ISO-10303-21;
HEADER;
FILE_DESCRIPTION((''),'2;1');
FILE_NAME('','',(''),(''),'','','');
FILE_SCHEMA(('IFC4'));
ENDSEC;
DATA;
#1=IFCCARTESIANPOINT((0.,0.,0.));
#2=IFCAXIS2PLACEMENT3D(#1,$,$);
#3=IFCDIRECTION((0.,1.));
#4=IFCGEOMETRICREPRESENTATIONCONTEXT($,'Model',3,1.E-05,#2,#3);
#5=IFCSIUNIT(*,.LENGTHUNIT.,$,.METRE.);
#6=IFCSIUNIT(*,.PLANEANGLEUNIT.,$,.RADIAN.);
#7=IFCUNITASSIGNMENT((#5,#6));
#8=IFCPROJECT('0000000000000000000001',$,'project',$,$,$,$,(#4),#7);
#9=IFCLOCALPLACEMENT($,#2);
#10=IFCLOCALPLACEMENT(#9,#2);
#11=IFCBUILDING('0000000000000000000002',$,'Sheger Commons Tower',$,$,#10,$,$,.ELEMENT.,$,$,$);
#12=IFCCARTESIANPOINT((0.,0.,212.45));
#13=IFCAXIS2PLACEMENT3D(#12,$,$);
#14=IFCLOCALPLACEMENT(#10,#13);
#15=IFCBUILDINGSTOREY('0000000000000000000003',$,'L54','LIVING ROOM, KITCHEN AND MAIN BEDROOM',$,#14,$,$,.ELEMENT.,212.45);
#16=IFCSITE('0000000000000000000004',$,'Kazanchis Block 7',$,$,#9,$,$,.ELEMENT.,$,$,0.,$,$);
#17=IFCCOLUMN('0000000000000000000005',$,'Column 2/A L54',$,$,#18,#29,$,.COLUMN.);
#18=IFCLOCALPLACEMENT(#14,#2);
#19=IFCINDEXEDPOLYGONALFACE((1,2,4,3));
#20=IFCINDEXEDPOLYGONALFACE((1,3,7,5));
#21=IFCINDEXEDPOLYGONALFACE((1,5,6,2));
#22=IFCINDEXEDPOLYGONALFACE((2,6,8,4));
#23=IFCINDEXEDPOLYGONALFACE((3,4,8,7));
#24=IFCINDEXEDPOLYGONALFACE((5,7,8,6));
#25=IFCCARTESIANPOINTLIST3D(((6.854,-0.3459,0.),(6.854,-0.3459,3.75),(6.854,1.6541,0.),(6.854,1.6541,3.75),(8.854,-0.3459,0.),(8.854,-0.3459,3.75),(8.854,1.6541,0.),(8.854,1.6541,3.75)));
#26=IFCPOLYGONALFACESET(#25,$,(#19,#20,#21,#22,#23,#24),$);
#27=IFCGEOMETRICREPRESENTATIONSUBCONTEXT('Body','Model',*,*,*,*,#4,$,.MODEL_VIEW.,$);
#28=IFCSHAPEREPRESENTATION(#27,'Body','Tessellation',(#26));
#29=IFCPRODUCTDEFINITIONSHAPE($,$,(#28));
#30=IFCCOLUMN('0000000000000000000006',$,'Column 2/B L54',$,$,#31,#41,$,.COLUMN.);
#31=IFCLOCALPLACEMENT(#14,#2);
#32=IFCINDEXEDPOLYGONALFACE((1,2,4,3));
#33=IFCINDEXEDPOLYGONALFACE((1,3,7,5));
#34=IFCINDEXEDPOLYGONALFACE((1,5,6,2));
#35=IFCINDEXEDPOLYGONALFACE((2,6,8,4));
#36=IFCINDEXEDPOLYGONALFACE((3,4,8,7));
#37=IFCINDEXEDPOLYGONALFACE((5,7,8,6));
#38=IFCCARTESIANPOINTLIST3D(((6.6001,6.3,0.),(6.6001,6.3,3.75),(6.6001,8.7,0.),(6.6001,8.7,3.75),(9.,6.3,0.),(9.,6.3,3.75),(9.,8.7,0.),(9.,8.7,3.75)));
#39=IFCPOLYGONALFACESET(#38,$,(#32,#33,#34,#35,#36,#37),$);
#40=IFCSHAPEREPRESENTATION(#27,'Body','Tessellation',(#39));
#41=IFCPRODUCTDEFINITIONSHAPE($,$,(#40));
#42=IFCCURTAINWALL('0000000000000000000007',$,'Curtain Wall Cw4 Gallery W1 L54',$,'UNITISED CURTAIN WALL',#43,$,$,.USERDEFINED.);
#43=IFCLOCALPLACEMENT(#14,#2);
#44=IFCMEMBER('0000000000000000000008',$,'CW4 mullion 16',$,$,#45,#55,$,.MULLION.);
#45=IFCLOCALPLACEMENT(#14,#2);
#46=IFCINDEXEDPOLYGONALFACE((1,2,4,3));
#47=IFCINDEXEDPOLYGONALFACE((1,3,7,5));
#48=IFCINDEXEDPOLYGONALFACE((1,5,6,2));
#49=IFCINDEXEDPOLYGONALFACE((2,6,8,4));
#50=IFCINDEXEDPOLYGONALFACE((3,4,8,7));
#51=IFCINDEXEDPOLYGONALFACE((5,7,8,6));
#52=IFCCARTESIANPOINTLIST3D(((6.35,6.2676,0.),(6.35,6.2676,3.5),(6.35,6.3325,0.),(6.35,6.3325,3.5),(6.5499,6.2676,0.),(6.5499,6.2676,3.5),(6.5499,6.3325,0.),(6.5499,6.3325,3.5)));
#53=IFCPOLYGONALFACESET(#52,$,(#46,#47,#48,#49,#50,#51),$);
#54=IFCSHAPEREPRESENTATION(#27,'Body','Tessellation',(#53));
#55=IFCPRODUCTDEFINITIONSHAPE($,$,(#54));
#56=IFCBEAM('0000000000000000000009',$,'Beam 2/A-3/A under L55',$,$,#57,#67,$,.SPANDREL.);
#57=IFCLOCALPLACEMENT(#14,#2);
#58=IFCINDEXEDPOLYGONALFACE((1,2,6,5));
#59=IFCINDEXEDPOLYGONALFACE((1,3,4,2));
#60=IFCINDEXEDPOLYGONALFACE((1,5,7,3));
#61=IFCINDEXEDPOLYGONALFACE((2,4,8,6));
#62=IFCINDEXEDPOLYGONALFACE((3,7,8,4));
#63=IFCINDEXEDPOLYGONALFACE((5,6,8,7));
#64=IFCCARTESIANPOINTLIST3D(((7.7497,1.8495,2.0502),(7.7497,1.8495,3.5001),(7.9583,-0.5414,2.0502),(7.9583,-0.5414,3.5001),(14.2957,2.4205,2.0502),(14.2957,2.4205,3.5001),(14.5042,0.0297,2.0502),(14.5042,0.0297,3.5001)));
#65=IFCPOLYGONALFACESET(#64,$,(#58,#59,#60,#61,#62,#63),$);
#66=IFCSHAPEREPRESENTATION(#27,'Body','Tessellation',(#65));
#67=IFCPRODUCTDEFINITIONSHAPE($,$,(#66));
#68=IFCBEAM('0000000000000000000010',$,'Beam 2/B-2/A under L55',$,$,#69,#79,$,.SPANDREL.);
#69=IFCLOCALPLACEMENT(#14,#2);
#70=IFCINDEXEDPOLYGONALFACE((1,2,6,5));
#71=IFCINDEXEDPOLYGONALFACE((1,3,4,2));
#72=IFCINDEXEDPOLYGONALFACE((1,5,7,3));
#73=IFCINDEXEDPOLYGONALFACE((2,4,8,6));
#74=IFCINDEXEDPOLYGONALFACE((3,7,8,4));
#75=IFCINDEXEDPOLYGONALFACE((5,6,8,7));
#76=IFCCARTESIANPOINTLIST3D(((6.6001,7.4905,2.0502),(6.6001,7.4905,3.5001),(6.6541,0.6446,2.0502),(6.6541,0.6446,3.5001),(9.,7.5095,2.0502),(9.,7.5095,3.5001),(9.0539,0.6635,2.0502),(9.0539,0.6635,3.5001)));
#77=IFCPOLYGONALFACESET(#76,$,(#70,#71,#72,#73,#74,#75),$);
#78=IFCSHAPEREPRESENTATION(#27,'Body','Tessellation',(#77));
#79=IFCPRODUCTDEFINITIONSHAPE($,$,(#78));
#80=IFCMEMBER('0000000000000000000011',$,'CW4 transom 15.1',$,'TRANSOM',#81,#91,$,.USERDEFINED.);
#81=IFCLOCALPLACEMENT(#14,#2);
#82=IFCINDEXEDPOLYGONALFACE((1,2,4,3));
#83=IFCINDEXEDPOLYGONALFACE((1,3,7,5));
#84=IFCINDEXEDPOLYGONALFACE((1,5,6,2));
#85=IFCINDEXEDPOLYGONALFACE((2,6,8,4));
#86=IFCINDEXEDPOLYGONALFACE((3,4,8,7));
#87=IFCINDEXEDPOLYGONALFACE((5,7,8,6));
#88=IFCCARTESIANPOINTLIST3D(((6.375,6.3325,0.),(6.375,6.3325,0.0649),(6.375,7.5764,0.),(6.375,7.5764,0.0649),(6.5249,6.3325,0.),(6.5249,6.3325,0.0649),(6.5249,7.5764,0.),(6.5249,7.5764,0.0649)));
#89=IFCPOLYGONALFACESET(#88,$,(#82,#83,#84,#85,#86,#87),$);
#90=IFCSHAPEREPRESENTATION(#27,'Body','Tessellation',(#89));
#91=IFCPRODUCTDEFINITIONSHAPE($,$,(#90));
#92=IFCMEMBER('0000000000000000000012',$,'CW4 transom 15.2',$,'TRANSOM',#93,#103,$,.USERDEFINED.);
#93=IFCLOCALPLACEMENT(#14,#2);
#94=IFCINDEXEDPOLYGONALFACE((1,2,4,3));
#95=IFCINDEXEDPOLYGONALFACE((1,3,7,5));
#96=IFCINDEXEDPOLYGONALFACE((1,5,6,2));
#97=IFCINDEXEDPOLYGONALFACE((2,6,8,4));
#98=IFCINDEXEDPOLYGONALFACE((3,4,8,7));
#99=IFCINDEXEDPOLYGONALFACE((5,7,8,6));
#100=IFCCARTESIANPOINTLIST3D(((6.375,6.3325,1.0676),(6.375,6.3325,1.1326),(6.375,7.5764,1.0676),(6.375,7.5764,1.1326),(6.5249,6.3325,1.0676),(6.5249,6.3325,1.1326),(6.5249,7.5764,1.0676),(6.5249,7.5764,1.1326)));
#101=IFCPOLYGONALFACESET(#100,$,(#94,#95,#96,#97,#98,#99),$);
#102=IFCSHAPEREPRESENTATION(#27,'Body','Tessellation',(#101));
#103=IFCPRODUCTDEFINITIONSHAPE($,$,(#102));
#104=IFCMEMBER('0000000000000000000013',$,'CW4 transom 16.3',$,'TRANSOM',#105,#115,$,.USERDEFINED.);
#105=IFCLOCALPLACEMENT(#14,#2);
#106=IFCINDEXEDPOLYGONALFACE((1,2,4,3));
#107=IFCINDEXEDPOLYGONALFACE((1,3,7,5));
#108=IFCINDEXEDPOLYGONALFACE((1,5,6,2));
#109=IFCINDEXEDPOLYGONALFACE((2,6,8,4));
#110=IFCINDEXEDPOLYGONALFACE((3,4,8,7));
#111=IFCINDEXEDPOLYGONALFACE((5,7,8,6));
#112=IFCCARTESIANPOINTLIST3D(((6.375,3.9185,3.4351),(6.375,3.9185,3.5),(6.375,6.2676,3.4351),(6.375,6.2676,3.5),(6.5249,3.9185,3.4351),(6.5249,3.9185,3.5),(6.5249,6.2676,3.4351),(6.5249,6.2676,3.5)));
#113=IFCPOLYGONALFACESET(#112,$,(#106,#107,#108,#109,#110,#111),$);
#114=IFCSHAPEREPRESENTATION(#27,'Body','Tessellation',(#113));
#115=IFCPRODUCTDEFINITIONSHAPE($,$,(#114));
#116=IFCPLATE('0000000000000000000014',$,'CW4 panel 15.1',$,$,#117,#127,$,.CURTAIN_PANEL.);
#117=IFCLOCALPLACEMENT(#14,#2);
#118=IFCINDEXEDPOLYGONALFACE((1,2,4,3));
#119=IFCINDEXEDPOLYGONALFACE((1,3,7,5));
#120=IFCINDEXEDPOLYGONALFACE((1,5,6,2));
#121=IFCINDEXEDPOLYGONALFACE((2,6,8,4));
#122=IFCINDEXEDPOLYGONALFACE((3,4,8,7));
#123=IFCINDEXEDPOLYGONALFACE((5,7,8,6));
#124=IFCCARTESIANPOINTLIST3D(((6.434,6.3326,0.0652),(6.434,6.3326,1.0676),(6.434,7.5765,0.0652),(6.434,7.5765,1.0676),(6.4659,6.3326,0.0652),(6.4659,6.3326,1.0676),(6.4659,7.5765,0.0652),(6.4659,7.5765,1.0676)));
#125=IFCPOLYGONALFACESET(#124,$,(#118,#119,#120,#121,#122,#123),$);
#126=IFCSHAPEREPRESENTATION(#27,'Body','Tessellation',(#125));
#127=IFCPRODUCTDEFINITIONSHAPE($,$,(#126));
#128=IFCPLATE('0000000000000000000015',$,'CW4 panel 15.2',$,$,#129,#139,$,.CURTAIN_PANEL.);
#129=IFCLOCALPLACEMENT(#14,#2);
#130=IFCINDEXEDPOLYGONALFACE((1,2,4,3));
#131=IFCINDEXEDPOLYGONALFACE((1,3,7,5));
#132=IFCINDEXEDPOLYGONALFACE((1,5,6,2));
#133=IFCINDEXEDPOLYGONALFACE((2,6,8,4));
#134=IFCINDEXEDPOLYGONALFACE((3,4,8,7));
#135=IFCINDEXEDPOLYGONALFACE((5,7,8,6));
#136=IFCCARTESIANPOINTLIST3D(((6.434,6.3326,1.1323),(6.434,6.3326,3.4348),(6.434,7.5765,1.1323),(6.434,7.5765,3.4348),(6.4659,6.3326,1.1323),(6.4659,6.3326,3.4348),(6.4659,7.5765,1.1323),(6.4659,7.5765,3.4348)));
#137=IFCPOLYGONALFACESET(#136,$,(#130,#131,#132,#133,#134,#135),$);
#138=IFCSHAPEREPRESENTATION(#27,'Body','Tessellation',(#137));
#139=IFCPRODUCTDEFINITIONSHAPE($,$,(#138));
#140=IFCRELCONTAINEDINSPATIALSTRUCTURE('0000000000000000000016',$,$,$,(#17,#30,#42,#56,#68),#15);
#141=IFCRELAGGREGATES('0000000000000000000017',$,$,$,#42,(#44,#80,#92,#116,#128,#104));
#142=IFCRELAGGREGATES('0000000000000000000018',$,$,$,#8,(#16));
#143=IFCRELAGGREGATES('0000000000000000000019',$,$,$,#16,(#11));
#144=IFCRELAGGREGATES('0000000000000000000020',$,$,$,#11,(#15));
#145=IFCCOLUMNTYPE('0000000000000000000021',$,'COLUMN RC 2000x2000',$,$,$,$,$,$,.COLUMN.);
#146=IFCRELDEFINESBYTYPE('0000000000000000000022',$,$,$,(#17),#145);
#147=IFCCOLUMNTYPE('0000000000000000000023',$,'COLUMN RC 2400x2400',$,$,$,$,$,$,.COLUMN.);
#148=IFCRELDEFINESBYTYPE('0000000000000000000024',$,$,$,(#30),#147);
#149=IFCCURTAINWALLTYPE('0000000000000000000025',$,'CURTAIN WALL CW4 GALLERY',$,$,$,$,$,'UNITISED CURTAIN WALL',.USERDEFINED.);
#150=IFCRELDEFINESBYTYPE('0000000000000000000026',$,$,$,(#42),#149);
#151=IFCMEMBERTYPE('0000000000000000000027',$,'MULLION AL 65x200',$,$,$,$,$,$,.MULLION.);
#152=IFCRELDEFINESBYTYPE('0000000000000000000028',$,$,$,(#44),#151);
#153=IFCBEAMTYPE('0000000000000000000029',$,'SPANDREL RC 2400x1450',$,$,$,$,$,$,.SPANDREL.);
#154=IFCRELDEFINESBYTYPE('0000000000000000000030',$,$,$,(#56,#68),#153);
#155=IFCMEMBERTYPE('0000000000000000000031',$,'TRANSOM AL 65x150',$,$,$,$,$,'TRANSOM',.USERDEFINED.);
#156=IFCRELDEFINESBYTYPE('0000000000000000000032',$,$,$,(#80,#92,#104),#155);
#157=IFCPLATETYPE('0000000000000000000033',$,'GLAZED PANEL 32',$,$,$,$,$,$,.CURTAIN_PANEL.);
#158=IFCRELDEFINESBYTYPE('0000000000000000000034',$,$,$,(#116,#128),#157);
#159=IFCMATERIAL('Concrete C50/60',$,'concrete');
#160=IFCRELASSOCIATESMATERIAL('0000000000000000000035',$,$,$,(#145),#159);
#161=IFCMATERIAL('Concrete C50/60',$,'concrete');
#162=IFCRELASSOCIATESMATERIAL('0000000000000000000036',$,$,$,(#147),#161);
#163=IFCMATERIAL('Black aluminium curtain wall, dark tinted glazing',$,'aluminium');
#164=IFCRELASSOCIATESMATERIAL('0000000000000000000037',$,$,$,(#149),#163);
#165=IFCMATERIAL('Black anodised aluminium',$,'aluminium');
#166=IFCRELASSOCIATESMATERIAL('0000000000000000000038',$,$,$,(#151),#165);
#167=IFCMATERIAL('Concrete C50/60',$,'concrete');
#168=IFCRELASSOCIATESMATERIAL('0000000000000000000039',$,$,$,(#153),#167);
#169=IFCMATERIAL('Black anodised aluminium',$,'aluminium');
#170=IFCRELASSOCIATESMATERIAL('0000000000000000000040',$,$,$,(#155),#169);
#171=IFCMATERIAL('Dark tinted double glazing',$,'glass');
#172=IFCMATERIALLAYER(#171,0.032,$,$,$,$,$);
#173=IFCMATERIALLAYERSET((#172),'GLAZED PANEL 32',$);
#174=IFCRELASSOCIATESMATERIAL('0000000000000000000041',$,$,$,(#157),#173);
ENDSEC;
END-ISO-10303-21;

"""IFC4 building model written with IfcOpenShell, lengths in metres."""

from ifc_helpers import new_model, si_unit, direction, frame, origin, origin_2d, place, context, subcontext, project, spatial, rectangle, extrude, material, layer, layer_set, material_profile, profile_set, type_object, element, aggregate, save


model = new_model("IFC4")

# Units and contexts
model_context = context("Model", 3, precision=1e-05, world=origin(), true_north=direction((0.0, 1.0)))
body_context = subcontext(model_context, "Body", "Model", "MODEL_VIEW")
ifc_project = project(units=[si_unit("LENGTHUNIT", "METRE"), si_unit("PLANEANGLEUNIT", "RADIAN")], contexts=[model_context])

# Site, building, storey
site_placement = place(None, origin())
site = spatial("IfcSite", under=ifc_project, at=site_placement, Name="Kazanchis Block 7", CompositionType="ELEMENT", RefElevation=0.0)
building_placement = place(site_placement, origin())
building = spatial("IfcBuilding", under=site, at=building_placement, Name="Sheger Commons Tower", CompositionType="ELEMENT")
storey_placement = place(building_placement, frame((0.0, 0.0, 212.45)))
storey = spatial("IfcBuildingStorey", under=building, at=storey_placement, Name="L54", Description="LIVING ROOM, KITCHEN AND MAIN BEDROOM", CompositionType="ELEMENT", Elevation=212.45)

# Columns
ifc_material_1 = material(Name="Concrete C50/60", Category="concrete")
ifc_material_profile_1 = material_profile(ifc_material_1, rectangle(XDim=2.0, YDim=2.0, at=origin_2d()), Name="RC 2000x2000")
ifc_profile_set_1 = profile_set([ifc_material_profile_1], Name="Concrete C50/60")
column_type_1 = type_object("IfcColumnType", Name="COLUMN RC 2000x2000", PredefinedType="COLUMN", material=ifc_profile_set_1)
column_1_placement = place(storey_placement, frame((7.854, 0.6541, 0.0), z_axis=(0.0, 0.0, 1.0), x_axis=(1.0, 0.0, 0.0)))
element("IfcColumn", 1, at=column_1_placement, inside=storey, type_object=column_type_1, Name="Column 2/A L54", PredefinedType="COLUMN", context=body_context, shape_type="SweptSolid", body=[
    extrude(rectangle(XDim=2.0, YDim=2.0, at=origin_2d()), origin(), (0.0, 0.0, 1.0), 3.75),
])
ifc_material_2 = material(Name="Concrete C50/60", Category="concrete")
ifc_material_profile_2 = material_profile(ifc_material_2, rectangle(XDim=2.3999, YDim=2.3999, at=origin_2d()), Name="RC 2400x2400")
ifc_profile_set_2 = profile_set([ifc_material_profile_2], Name="Concrete C50/60")
column_type_2 = type_object("IfcColumnType", Name="COLUMN RC 2400x2400", PredefinedType="COLUMN", material=ifc_profile_set_2)
column_2_placement = place(storey_placement, frame((7.8, 7.5, 0.0), z_axis=(0.0, 0.0, 1.0), x_axis=(1.0, 0.0, 0.0)))
element("IfcColumn", 2, at=column_2_placement, inside=storey, type_object=column_type_2, Name="Column 2/B L54", PredefinedType="COLUMN", context=body_context, shape_type="SweptSolid", body=[
    extrude(rectangle(XDim=2.3999, YDim=2.3999, at=origin_2d()), origin(), (0.0, 0.0, 1.0), 3.75),
])

# Curtain wall, member
ifc_material_3 = material(Name="Black aluminium curtain wall, dark tinted glazing", Category="aluminium")
curtain_wall_type = type_object("IfcCurtainWallType", Name="CURTAIN WALL CW4 GALLERY", ElementType="UNITISED CURTAIN WALL", PredefinedType="USERDEFINED", material=ifc_material_3)
curtain_wall_placement = place(storey_placement, origin())
curtain_wall = element("IfcCurtainWall", 3, at=curtain_wall_placement, inside=storey, type_object=curtain_wall_type, Name="Curtain Wall Cw4 Gallery W1 L54", ObjectType="UNITISED CURTAIN WALL", PredefinedType="USERDEFINED")
ifc_material_4 = material(Name="Black anodised aluminium", Category="aluminium")
ifc_material_profile_3 = material_profile(ifc_material_4, rectangle(XDim=0.2, YDim=0.0649, at=origin_2d()), Name="AL 65x200")
ifc_profile_set_3 = profile_set([ifc_material_profile_3], Name="Black anodised aluminium")
member_type_1 = type_object("IfcMemberType", Name="MULLION AL 65x200", PredefinedType="MULLION", material=ifc_profile_set_3)
member_1_placement = place(storey_placement, frame((6.45, 6.3, 0.0), z_axis=(0.0, 0.0, 1.0), x_axis=(1.0, 0.0, 0.0)))
member_1 = element("IfcMember", 4, at=member_1_placement, type_object=member_type_1, Name="CW4 mullion 16", PredefinedType="MULLION", context=body_context, shape_type="SweptSolid", body=[
    extrude(rectangle(XDim=0.2, YDim=0.0649, at=origin_2d()), origin(), (0.0, 0.0, 1.0), 3.5),
])

# Beams
ifc_material_5 = material(Name="Concrete C50/60", Category="concrete")
ifc_material_profile_4 = material_profile(ifc_material_5, rectangle(XDim=2.3999, YDim=1.45, at=origin_2d()), Name="RC 2400x1450")
ifc_profile_set_4 = profile_set([ifc_material_profile_4], Name="Concrete C50/60")
beam_type = type_object("IfcBeamType", Name="SPANDREL RC 2400x1450", PredefinedType="SPANDREL", material=ifc_profile_set_4)
beam_1_placement = place(storey_placement, frame((7.854, 0.6541, 2.7751), z_axis=(0.996216, 0.086907, 0.0), x_axis=(-0.086907, 0.996216, 0.0)))
element("IfcBeam", 5, at=beam_1_placement, inside=storey, type_object=beam_type, Name="Beam 2/A-3/A under L55", PredefinedType="SPANDREL", context=body_context, shape_type="SweptSolid", body=[
    extrude(rectangle(XDim=2.3999, YDim=1.45, at=origin_2d()), origin(), (0.0, 0.0, 1.0), 6.5708),
])
beam_2_placement = place(storey_placement, frame((7.8, 7.5, 2.7751), z_axis=(0.007881, -0.999969, 0.0), x_axis=(0.999969, 0.007881, 0.0)))
element("IfcBeam", 6, at=beam_2_placement, inside=storey, type_object=beam_type, Name="Beam 2/B-2/A under L55", PredefinedType="SPANDREL", context=body_context, shape_type="SweptSolid", body=[
    extrude(rectangle(XDim=2.3999, YDim=1.45, at=origin_2d()), origin(), (0.0, 0.0, 1.0), 6.8462),
])

# Members
ifc_material_6 = material(Name="Black anodised aluminium", Category="aluminium")
ifc_material_profile_5 = material_profile(ifc_material_6, rectangle(XDim=0.1499, YDim=0.0649, at=origin_2d()), Name="AL 65x150")
ifc_profile_set_5 = profile_set([ifc_material_profile_5], Name="Black anodised aluminium")
member_type_2 = type_object("IfcMemberType", Name="TRANSOM AL 65x150", ElementType="TRANSOM", PredefinedType="USERDEFINED", material=ifc_profile_set_5)
member_2_placement = place(storey_placement, frame((6.45, 7.5764, 0.0325), z_axis=(0.0, -1.0, 0.0), x_axis=(1.0, 0.0, 0.0)))
member_2 = element("IfcMember", 7, at=member_2_placement, type_object=member_type_2, Name="CW4 transom 15.1", ObjectType="TRANSOM", PredefinedType="USERDEFINED", context=body_context, shape_type="SweptSolid", body=[
    extrude(rectangle(XDim=0.1499, YDim=0.0649, at=origin_2d()), origin(), (0.0, 0.0, 1.0), 1.2439),
])
member_3_placement = place(storey_placement, frame((6.45, 7.5764, 1.1001), z_axis=(0.0, -1.0, 0.0), x_axis=(1.0, 0.0, 0.0)))
member_3 = element("IfcMember", 8, at=member_3_placement, type_object=member_type_2, Name="CW4 transom 15.2", ObjectType="TRANSOM", PredefinedType="USERDEFINED", context=body_context, shape_type="SweptSolid", body=[
    extrude(rectangle(XDim=0.1499, YDim=0.0649, at=origin_2d()), origin(), (0.0, 0.0, 1.0), 1.2439),
])
member_4_placement = place(storey_placement, frame((6.45, 6.2676, 3.4675), z_axis=(0.0, -1.0, 0.0), x_axis=(1.0, 0.0, 0.0)))
member_4 = element("IfcMember", 9, at=member_4_placement, type_object=member_type_2, Name="CW4 transom 16.3", ObjectType="TRANSOM", PredefinedType="USERDEFINED", context=body_context, shape_type="SweptSolid", body=[
    extrude(rectangle(XDim=0.1499, YDim=0.0649, at=origin_2d()), origin(), (0.0, 0.0, 1.0), 2.3491),
])

# Plates
ifc_material_7 = material(Name="Dark tinted double glazing", Category="glass")
ifc_layer_1 = layer(ifc_material_7, 0.032)
ifc_layer_set_1 = layer_set([ifc_layer_1], Name="GLAZED PANEL 32")
plate_type = type_object("IfcPlateType", Name="GLAZED PANEL 32", PredefinedType="CURTAIN_PANEL", material=ifc_layer_set_1)
plate_1_placement = place(storey_placement, frame((6.45, 6.9546, 0.0652), z_axis=(0.0, 0.0, 1.0), x_axis=(0.0, -1.0, 0.0)))
plate_1 = element("IfcPlate", 10, at=plate_1_placement, type_object=plate_type, Name="CW4 panel 15.1", PredefinedType="CURTAIN_PANEL", context=body_context, shape_type="SweptSolid", body=[
    extrude(rectangle(XDim=1.2439, YDim=0.032, at=origin_2d()), origin(), (0.0, 0.0, 1.0), 1.0024),
])
plate_2_placement = place(storey_placement, frame((6.45, 6.9546, 1.1323), z_axis=(0.0, 0.0, 1.0), x_axis=(0.0, -1.0, 0.0)))
plate_2 = element("IfcPlate", 11, at=plate_2_placement, type_object=plate_type, Name="CW4 panel 15.2", PredefinedType="CURTAIN_PANEL", context=body_context, shape_type="SweptSolid", body=[
    extrude(rectangle(XDim=1.2439, YDim=0.032, at=origin_2d()), origin(), (0.0, 0.0, 1.0), 2.3025),
])
aggregate(curtain_wall, [member_1, member_2, member_3, plate_1, plate_2, member_4])

save(model, "model.ifc")
